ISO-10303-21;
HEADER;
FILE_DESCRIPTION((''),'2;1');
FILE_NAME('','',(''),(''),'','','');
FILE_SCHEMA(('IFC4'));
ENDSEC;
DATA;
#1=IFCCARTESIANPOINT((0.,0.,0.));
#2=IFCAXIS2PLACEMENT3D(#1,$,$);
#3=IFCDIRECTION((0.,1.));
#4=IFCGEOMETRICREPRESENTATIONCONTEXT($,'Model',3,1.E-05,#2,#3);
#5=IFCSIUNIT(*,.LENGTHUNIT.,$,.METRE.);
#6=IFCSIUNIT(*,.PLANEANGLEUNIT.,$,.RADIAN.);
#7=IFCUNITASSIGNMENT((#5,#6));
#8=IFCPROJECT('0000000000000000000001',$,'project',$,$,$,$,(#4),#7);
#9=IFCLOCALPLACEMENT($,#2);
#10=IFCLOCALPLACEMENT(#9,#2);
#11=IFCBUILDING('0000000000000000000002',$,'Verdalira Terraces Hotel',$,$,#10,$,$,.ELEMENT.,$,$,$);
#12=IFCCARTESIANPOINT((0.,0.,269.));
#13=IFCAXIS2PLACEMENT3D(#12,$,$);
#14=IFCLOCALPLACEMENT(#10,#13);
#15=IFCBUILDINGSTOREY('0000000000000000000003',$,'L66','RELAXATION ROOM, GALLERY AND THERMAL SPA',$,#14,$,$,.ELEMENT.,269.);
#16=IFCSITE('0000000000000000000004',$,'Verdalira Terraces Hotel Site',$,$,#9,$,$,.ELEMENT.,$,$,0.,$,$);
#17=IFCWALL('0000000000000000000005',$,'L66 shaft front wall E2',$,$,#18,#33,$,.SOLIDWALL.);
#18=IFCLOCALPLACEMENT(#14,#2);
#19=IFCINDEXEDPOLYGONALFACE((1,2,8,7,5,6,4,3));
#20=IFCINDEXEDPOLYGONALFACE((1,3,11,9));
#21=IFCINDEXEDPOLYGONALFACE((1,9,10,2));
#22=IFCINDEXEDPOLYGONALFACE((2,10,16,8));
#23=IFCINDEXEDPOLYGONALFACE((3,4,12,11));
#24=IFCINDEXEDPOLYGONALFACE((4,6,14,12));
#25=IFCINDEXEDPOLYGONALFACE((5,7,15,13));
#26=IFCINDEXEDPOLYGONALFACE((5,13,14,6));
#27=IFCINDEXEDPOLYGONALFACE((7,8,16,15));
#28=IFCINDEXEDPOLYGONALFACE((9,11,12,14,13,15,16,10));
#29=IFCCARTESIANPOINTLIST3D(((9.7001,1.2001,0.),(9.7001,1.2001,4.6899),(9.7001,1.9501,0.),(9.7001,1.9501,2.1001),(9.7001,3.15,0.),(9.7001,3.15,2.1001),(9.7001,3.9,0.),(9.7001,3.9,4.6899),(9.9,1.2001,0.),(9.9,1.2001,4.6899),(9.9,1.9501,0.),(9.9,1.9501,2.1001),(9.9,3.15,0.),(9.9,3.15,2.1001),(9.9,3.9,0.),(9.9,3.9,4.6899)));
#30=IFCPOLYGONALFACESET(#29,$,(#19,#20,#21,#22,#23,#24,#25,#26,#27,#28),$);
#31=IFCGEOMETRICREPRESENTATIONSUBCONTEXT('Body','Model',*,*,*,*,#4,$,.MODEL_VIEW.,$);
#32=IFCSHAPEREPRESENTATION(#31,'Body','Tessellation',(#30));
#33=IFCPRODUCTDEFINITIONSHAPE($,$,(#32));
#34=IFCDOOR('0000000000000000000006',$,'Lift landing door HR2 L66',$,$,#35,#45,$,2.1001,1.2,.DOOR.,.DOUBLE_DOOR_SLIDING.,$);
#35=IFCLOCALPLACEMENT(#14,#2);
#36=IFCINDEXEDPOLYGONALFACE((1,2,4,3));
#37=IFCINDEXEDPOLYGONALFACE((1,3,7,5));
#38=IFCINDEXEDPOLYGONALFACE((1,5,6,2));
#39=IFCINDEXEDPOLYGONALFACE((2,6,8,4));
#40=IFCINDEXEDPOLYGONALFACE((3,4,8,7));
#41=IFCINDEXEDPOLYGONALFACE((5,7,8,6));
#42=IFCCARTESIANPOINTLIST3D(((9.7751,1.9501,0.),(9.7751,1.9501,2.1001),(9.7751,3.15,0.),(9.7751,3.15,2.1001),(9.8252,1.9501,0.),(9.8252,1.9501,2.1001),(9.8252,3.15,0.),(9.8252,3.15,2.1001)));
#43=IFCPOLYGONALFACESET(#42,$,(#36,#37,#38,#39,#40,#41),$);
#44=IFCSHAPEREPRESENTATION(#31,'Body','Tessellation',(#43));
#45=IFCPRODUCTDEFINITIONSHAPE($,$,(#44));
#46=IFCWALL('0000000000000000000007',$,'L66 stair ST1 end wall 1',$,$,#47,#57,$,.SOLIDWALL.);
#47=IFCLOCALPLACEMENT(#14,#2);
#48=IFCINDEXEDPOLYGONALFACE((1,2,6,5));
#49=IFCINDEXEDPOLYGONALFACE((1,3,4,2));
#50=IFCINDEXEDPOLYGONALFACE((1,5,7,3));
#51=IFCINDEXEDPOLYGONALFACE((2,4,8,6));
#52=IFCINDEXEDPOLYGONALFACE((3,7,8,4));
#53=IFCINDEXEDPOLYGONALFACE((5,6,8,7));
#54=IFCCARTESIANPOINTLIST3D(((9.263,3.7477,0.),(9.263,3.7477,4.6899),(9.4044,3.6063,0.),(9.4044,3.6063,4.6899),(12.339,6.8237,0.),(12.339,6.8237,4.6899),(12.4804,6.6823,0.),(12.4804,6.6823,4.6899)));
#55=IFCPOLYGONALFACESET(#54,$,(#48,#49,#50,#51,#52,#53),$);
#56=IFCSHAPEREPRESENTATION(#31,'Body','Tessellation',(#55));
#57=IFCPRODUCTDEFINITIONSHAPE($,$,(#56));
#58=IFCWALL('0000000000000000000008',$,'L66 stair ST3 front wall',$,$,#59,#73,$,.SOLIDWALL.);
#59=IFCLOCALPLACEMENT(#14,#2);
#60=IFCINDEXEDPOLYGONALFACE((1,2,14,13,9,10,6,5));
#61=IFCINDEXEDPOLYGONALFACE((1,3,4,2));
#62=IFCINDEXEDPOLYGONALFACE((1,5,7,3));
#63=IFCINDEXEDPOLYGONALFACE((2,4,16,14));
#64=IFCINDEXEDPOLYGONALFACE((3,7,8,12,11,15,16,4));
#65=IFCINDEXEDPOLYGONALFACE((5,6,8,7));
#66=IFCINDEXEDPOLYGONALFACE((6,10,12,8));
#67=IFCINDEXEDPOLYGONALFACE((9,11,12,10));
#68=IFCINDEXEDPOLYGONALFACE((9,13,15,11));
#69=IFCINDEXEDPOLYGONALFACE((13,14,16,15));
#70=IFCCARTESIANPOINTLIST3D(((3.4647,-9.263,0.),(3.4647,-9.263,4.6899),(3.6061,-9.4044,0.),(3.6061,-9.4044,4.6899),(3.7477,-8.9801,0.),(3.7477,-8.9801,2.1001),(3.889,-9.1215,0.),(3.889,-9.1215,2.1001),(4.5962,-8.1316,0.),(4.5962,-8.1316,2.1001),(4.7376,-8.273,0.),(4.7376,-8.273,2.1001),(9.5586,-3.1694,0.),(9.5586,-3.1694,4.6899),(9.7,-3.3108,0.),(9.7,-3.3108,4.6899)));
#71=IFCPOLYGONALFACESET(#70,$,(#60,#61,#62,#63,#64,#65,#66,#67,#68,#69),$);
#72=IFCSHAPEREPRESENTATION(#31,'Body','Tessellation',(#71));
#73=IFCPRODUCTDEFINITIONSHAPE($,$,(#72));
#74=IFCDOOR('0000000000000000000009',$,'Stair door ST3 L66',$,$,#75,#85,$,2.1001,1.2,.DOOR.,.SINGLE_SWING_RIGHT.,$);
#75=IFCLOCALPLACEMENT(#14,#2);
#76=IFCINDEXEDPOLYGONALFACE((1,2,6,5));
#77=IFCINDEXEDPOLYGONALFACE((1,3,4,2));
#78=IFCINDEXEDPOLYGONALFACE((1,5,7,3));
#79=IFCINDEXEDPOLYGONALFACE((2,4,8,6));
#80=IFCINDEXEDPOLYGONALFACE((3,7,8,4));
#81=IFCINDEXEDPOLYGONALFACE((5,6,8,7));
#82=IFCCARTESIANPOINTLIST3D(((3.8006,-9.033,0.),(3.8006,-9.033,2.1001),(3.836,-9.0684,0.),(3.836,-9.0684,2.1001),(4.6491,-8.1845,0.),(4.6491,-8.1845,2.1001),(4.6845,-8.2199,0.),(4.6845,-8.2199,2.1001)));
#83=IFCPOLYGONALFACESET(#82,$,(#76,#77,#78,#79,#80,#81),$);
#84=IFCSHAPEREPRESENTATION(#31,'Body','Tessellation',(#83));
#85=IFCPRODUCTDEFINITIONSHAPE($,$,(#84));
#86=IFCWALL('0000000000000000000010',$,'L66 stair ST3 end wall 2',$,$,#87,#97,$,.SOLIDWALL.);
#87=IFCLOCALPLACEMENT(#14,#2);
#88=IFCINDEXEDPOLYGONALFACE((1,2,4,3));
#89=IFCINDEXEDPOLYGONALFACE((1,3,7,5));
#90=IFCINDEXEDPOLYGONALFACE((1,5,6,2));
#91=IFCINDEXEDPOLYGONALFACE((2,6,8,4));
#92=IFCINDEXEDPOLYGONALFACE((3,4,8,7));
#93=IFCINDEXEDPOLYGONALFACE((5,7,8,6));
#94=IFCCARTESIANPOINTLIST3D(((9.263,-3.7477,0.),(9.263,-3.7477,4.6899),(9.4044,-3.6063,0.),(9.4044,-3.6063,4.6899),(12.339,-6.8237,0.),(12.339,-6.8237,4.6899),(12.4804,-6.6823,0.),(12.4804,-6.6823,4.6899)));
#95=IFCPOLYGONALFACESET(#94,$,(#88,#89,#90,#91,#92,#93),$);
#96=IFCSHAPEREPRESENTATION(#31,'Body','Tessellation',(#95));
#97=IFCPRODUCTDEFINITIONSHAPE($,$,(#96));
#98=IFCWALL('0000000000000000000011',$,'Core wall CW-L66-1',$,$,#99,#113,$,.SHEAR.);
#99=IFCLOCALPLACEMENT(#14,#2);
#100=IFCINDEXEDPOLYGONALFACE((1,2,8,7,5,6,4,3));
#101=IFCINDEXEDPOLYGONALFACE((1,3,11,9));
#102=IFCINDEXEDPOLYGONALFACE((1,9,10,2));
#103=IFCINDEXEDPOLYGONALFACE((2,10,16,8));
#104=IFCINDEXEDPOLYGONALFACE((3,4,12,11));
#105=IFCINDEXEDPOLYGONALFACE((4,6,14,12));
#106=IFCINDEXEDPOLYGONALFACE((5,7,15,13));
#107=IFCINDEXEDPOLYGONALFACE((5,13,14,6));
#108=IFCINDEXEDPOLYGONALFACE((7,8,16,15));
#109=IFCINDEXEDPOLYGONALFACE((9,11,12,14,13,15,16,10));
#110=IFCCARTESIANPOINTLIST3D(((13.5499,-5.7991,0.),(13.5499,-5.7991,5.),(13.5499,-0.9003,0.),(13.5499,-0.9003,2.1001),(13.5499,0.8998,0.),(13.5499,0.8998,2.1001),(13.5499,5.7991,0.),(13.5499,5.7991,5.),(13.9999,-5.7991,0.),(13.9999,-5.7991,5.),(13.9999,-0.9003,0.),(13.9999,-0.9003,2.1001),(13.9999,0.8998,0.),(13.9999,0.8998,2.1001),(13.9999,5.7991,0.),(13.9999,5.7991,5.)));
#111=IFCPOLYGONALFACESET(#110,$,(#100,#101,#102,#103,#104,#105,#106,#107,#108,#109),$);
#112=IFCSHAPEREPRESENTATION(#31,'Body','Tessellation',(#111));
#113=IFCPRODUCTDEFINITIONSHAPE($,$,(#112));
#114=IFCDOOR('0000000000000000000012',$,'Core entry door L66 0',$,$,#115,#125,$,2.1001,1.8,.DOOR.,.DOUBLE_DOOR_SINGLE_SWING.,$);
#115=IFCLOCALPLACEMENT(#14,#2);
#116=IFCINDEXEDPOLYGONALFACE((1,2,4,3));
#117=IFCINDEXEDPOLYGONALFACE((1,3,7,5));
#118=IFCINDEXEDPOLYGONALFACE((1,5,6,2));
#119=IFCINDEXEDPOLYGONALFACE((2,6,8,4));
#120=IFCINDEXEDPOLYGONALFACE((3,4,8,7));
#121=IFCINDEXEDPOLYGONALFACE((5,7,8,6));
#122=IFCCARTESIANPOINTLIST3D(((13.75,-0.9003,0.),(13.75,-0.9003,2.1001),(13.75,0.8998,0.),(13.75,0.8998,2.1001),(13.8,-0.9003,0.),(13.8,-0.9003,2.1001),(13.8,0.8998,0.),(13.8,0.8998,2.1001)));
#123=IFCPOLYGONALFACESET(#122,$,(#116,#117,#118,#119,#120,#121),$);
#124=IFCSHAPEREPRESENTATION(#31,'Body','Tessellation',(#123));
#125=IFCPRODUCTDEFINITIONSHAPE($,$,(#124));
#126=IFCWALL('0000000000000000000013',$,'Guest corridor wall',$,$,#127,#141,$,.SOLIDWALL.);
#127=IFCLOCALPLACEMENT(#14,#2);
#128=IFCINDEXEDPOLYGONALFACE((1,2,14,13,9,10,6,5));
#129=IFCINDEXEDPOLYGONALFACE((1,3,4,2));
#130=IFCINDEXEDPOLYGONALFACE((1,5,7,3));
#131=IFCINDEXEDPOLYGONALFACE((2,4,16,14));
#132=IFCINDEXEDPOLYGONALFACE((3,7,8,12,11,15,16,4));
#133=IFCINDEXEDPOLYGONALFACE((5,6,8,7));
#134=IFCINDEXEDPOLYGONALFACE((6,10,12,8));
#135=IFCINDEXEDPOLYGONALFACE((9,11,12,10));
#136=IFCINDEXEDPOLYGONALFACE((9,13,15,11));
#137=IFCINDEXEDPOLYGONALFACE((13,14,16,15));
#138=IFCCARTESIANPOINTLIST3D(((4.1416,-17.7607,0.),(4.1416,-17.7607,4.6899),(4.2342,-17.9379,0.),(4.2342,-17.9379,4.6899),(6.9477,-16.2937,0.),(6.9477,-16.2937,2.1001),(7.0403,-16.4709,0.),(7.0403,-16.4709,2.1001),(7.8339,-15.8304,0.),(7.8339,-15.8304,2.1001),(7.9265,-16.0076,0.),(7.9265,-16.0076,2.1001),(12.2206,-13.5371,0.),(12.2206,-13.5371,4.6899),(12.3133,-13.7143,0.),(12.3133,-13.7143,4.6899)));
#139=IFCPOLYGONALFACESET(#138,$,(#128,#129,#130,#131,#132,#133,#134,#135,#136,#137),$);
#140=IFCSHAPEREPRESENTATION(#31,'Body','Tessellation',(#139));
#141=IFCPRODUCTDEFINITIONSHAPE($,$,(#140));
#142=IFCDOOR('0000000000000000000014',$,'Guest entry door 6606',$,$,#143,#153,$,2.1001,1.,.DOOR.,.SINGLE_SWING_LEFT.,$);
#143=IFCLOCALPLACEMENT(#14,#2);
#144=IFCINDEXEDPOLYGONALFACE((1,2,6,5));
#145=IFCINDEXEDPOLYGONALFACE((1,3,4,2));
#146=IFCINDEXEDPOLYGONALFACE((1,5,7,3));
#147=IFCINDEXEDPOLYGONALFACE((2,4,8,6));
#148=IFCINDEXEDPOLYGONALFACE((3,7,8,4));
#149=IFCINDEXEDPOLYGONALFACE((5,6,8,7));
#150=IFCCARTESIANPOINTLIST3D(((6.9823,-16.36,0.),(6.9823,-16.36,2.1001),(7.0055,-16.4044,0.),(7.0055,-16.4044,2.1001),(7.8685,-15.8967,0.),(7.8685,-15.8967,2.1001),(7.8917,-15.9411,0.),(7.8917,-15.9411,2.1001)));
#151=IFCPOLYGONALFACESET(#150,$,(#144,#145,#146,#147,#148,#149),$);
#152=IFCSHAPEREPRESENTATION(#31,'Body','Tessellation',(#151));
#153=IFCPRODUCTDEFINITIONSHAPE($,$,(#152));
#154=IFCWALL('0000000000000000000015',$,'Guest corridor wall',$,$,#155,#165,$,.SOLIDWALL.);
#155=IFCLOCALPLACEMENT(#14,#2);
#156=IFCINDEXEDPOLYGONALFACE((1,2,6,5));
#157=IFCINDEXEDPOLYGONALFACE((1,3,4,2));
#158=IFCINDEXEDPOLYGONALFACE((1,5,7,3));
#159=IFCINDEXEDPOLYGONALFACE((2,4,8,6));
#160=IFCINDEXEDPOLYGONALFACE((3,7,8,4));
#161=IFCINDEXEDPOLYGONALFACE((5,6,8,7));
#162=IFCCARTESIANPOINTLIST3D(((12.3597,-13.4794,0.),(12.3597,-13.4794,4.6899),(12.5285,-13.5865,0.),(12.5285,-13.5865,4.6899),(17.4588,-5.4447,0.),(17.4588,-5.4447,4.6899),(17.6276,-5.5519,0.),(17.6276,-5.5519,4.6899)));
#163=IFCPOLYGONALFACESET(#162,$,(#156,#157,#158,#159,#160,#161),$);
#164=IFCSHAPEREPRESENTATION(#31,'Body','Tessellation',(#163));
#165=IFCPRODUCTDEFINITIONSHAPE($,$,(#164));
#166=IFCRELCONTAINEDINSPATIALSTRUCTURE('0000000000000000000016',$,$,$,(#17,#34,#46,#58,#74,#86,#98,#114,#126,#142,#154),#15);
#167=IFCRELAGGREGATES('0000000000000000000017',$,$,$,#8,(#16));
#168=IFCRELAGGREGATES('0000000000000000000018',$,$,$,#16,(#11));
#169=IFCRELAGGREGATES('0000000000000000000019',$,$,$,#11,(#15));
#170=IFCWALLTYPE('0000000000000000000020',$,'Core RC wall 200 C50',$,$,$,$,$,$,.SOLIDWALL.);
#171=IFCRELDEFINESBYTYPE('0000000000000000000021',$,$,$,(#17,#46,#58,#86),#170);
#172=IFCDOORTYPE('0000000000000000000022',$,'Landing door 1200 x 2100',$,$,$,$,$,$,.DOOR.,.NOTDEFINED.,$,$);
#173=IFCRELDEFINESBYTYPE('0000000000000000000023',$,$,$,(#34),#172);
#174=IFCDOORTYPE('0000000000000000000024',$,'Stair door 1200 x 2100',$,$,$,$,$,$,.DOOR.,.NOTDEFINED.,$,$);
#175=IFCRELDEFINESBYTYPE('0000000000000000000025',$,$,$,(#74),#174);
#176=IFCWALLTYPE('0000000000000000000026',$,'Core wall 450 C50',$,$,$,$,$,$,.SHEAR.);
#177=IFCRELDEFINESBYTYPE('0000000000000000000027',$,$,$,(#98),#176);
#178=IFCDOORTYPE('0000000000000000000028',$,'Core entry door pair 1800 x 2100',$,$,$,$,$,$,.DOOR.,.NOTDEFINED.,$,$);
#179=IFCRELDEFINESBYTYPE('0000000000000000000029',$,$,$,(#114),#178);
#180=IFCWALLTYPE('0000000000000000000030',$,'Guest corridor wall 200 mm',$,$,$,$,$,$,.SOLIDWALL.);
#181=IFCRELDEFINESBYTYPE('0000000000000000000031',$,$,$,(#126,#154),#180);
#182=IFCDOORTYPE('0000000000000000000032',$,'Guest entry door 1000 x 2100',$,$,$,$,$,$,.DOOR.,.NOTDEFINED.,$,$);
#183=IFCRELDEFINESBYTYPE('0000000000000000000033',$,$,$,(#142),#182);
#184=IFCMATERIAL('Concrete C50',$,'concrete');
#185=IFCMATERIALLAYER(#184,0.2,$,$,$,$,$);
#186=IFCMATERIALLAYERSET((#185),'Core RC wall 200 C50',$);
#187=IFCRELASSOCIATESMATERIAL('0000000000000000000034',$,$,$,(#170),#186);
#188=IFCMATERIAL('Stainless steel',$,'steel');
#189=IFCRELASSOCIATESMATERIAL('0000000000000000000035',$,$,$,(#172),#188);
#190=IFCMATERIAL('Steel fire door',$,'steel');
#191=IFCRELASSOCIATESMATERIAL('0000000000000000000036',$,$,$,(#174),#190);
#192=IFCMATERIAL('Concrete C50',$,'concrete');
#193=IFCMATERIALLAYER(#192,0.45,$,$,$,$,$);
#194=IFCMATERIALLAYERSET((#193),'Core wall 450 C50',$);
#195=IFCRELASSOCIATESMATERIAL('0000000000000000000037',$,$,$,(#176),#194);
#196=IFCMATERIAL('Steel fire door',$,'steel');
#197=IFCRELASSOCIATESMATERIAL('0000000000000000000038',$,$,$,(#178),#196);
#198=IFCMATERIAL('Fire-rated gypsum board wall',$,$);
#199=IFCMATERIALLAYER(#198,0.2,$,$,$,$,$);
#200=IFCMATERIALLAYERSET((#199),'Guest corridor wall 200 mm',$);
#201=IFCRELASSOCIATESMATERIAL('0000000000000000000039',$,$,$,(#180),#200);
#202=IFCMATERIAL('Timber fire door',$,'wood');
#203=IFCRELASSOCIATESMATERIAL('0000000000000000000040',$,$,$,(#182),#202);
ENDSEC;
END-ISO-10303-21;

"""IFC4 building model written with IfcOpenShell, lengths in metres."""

from ifc_helpers import new_model, si_unit, direction, frame, frame_2d, origin, place, context, subcontext, project, spatial, rectangle, extrude, material, layer, layer_set, type_object, element, fill, save


model = new_model("IFC4")

# Units and contexts
model_context = context("Model", 3, precision=1e-05, world=origin(), true_north=direction((0.0, 1.0)))
body_context = subcontext(model_context, "Body", "Model", "MODEL_VIEW")
ifc_project = project(units=[si_unit("LENGTHUNIT", "METRE"), si_unit("PLANEANGLEUNIT", "RADIAN")], contexts=[model_context])

# Site, building, storey
site_placement = place(None, origin())
site = spatial("IfcSite", under=ifc_project, at=site_placement, Name="Verdalira Terraces Hotel Site", CompositionType="ELEMENT", RefElevation=0.0)
building_placement = place(site_placement, origin())
building = spatial("IfcBuilding", under=site, at=building_placement, Name="Verdalira Terraces Hotel", CompositionType="ELEMENT")
storey_placement = place(building_placement, frame((0.0, 0.0, 269.0)))
storey = spatial("IfcBuildingStorey", under=building, at=storey_placement, Name="L66", Description="RELAXATION ROOM, GALLERY AND THERMAL SPA", CompositionType="ELEMENT", Elevation=269.0)

# Wall, opening, door
ifc_material_1 = material(Name="Concrete C50", Category="concrete")
ifc_layer_1 = layer(ifc_material_1, 0.2)
ifc_layer_set_1 = layer_set([ifc_layer_1], Name="Core RC wall 200 C50")
wall_type_1 = type_object("IfcWallType", Name="Core RC wall 200 C50", PredefinedType="SOLIDWALL", material=ifc_layer_set_1)
ifc_material_2 = material(Name="Stainless steel", Category="steel")
door_type_1 = type_object("IfcDoorType", Name="Landing door 1200 x 2100", OperationType="NOTDEFINED", PredefinedType="DOOR", material=ifc_material_2)
wall_1_placement = place(storey_placement, frame((9.8, 1.2, 0.0), z_axis=(0.0, 0.0, 1.0), x_axis=(0.0, 1.0, 0.0)))
wall_1 = element("IfcWall", 1, at=wall_1_placement, inside=storey, type_object=wall_type_1, Name="L66 shaft front wall E2", PredefinedType="SOLIDWALL", context=body_context, shape_type="SweptSolid", body=[
    extrude(rectangle(XDim=2.7, YDim=0.2, at=frame_2d((1.3501, 0.0))), origin(), (0.0, 0.0, 1.0), 4.6899),
])
opening_1_placement = place(wall_1_placement, frame((0.75, 0.0, 0.0)))
opening_1 = element("IfcOpeningElement", 2, at=opening_1_placement, cuts=wall_1, PredefinedType="OPENING", context=body_context, shape_type="SweptSolid", body=[
    extrude(rectangle(XDim=1.2, YDim=2.1001, at=frame_2d((0.6001, 1.05))), frame((0.0, 0.1099, 0.0), z_axis=(0.0, -1.0, 0.0), x_axis=(1.0, 0.0, 0.0)), (0.0, 0.0, 1.0), 0.22),
])
door_1_placement = place(opening_1_placement, origin())
door_1 = element("IfcDoor", 3, at=door_1_placement, inside=storey, type_object=door_type_1, Name="Lift landing door HR2 L66", OperationType="DOUBLE_DOOR_SLIDING", OverallHeight=2.1001, OverallWidth=1.2, PredefinedType="DOOR", context=body_context, shape_type="SweptSolid", body=[
    extrude(rectangle(XDim=1.2, YDim=2.1001, at=frame_2d((0.6001, 1.05))), frame((0.0, 0.0249, 0.0), z_axis=(0.0, -1.0, 0.0), x_axis=(1.0, 0.0, 0.0)), (0.0, 0.0, 1.0), 0.05),
])
fill(opening_1, door_1)

# Wall
wall_2_placement = place(storey_placement, frame((9.3337, 3.677, 0.0), z_axis=(0.0, 0.0, 1.0), x_axis=(0.707107, 0.707107, 0.0)))
element("IfcWall", 4, at=wall_2_placement, inside=storey, type_object=wall_type_1, Name="L66 stair ST1 end wall 1", PredefinedType="SOLIDWALL", context=body_context, shape_type="SweptSolid", body=[
    extrude(rectangle(XDim=4.3501, YDim=0.2, at=frame_2d((2.175, 0.0))), origin(), (0.0, 0.0, 1.0), 4.6899),
])

# Wall, opening, door
wall_3_placement = place(storey_placement, frame((9.6294, -3.24, 0.0), z_axis=(0.0, 0.0, 1.0), x_axis=(-0.707121, -0.707093, 0.0)))
wall_3 = element("IfcWall", 5, at=wall_3_placement, inside=storey, type_object=wall_type_1, Name="L66 stair ST3 front wall", PredefinedType="SOLIDWALL", context=body_context, shape_type="SweptSolid", body=[
    extrude(rectangle(XDim=8.6179, YDim=0.2, at=frame_2d((4.3091, 0.0))), origin(), (0.0, 0.0, 1.0), 4.6899),
])
opening_2_placement = place(wall_3_placement, frame((7.0178, 0.0, 0.0)))
opening_2 = element("IfcOpeningElement", 6, at=opening_2_placement, cuts=wall_3, PredefinedType="OPENING", context=body_context, shape_type="SweptSolid", body=[
    extrude(rectangle(XDim=1.2, YDim=2.1001, at=frame_2d((0.6001, 1.05))), frame((0.0, 0.1099, 0.0), z_axis=(0.0, -1.0, 0.0), x_axis=(1.0, 0.0, 0.0)), (0.0, 0.0, 1.0), 0.22),
])
ifc_material_3 = material(Name="Steel fire door", Category="steel")
door_type_2 = type_object("IfcDoorType", Name="Stair door 1200 x 2100", OperationType="NOTDEFINED", PredefinedType="DOOR", material=ifc_material_3)
door_2_placement = place(opening_2_placement, origin())
door_2 = element("IfcDoor", 7, at=door_2_placement, inside=storey, type_object=door_type_2, Name="Stair door ST3 L66", OperationType="SINGLE_SWING_RIGHT", OverallHeight=2.1001, OverallWidth=1.2, PredefinedType="DOOR", context=body_context, shape_type="SweptSolid", body=[
    extrude(rectangle(XDim=1.2, YDim=2.1001, at=frame_2d((0.6001, 1.05))), frame((0.0, 0.0249, 0.0), z_axis=(0.0, -1.0, 0.0), x_axis=(1.0, 0.0, 0.0)), (0.0, 0.0, 1.0), 0.05),
])
fill(opening_2, door_2)

# Wall
wall_4_placement = place(storey_placement, frame((9.3337, -3.677, 0.0), z_axis=(0.0, 0.0, 1.0), x_axis=(0.707107, -0.707107, 0.0)))
element("IfcWall", 8, at=wall_4_placement, inside=storey, type_object=wall_type_1, Name="L66 stair ST3 end wall 2", PredefinedType="SOLIDWALL", context=body_context, shape_type="SweptSolid", body=[
    extrude(rectangle(XDim=4.3501, YDim=0.2, at=frame_2d((2.175, 0.0))), origin(), (0.0, 0.0, 1.0), 4.6899),
])

# Walls, openings, doors
ifc_material_4 = material(Name="Concrete C50", Category="concrete")
ifc_layer_2 = layer(ifc_material_4, 0.45)
ifc_layer_set_2 = layer_set([ifc_layer_2], Name="Core wall 450 C50")
wall_type_2 = type_object("IfcWallType", Name="Core wall 450 C50", PredefinedType="SHEAR", material=ifc_layer_set_2)
wall_5_placement = place(storey_placement, frame((13.7749, -5.7991, 0.0), z_axis=(0.0, 0.0, 1.0), x_axis=(0.0, 1.0, 0.0)))
wall_5 = element("IfcWall", 9, at=wall_5_placement, inside=storey, type_object=wall_type_2, Name="Core wall CW-L66-1", PredefinedType="SHEAR", context=body_context, shape_type="SweptSolid", body=[
    extrude(rectangle(XDim=11.5981, YDim=0.45, at=frame_2d((5.7991, 0.0))), origin(), (0.0, 0.0, 1.0), 5.0),
])
opening_3_placement = place(wall_5_placement, frame((4.8989, 0.0, 0.0)))
opening_3 = element("IfcOpeningElement", 10, at=opening_3_placement, cuts=wall_5, PredefinedType="OPENING", context=body_context, shape_type="SweptSolid", body=[
    extrude(rectangle(XDim=1.8, YDim=2.1001, at=frame_2d((0.8999, 1.05))), frame((0.0, 0.2349, 0.0), z_axis=(0.0, -1.0, 0.0), x_axis=(1.0, 0.0, 0.0)), (0.0, 0.0, 1.0), 0.47),
])
ifc_material_5 = material(Name="Steel fire door", Category="steel")
door_type_3 = type_object("IfcDoorType", Name="Core entry door pair 1800 x 2100", OperationType="NOTDEFINED", PredefinedType="DOOR", material=ifc_material_5)
door_3_placement = place(opening_3_placement, origin())
door_3 = element("IfcDoor", 11, at=door_3_placement, inside=storey, type_object=door_type_3, Name="Core entry door L66 0", OperationType="DOUBLE_DOOR_SINGLE_SWING", OverallHeight=2.1001, OverallWidth=1.8, PredefinedType="DOOR", context=body_context, shape_type="SweptSolid", body=[
    extrude(rectangle(XDim=1.8, YDim=2.1001, at=frame_2d((0.8999, 1.05))), frame((0.0, 0.0249, 0.0), z_axis=(0.0, -1.0, 0.0), x_axis=(1.0, 0.0, 0.0)), (0.0, 0.0, 1.0), 0.05),
])
fill(opening_3, door_3)
ifc_material_6 = material(Name="Fire-rated gypsum board wall")
ifc_layer_3 = layer(ifc_material_6, 0.2)
ifc_layer_set_3 = layer_set([ifc_layer_3], Name="Guest corridor wall 200 mm")
wall_type_3 = type_object("IfcWallType", Name="Guest corridor wall 200 mm", PredefinedType="SOLIDWALL", material=ifc_layer_set_3)
wall_6_placement = place(storey_placement, frame((12.2668, -13.6257, 0.0), z_axis=(0.0, 0.0, 1.0), x_axis=(-0.886204, -0.463294, 0.0)))
wall_6 = element("IfcWall", 12, at=wall_6_placement, inside=storey, type_object=wall_type_3, Name="Guest corridor wall", PredefinedType="SOLIDWALL", context=body_context, shape_type="SweptSolid", body=[
    extrude(rectangle(XDim=9.1165, YDim=0.2, at=frame_2d((4.5581, 0.0))), origin(), (0.0, 0.0, 1.0), 4.6899),
])
opening_4_placement = place(wall_6_placement, frame((4.95, 0.0, 0.0)))
opening_4 = element("IfcOpeningElement", 13, at=opening_4_placement, cuts=wall_6, PredefinedType="OPENING", context=body_context, shape_type="SweptSolid", body=[
    extrude(rectangle(XDim=1.0, YDim=2.1001, at=frame_2d((0.5, 1.05))), frame((0.0, 0.1099, 0.0), z_axis=(0.0, -1.0, 0.0), x_axis=(1.0, 0.0, 0.0)), (0.0, 0.0, 1.0), 0.22),
])
ifc_material_7 = material(Name="Timber fire door", Category="wood")
door_type_4 = type_object("IfcDoorType", Name="Guest entry door 1000 x 2100", OperationType="NOTDEFINED", PredefinedType="DOOR", material=ifc_material_7)
door_4_placement = place(opening_4_placement, origin())
door_4 = element("IfcDoor", 14, at=door_4_placement, inside=storey, type_object=door_type_4, Name="Guest entry door 6606", OperationType="SINGLE_SWING_LEFT", OverallHeight=2.1001, OverallWidth=1.0, PredefinedType="DOOR", context=body_context, shape_type="SweptSolid", body=[
    extrude(rectangle(XDim=1.0, YDim=2.1001, at=frame_2d((0.5, 1.05))), frame((0.0, 0.0249, 0.0), z_axis=(0.0, -1.0, 0.0), x_axis=(1.0, 0.0, 0.0)), (0.0, 0.0, 1.0), 0.05),
])
fill(opening_4, door_4)

# Wall
wall_7_placement = place(storey_placement, frame((12.4441, -13.533, 0.0), z_axis=(0.0, 0.0, 1.0), x_axis=(0.535839, 0.84432, 0.0)))
element("IfcWall", 15, at=wall_7_placement, inside=storey, type_object=wall_type_3, Name="Guest corridor wall", PredefinedType="SOLIDWALL", context=body_context, shape_type="SweptSolid", body=[
    extrude(rectangle(XDim=9.5161, YDim=0.2, at=frame_2d((4.7581, 0.0))), origin(), (0.0, 0.0, 1.0), 4.6899),
])

save(model, "model.ifc")
